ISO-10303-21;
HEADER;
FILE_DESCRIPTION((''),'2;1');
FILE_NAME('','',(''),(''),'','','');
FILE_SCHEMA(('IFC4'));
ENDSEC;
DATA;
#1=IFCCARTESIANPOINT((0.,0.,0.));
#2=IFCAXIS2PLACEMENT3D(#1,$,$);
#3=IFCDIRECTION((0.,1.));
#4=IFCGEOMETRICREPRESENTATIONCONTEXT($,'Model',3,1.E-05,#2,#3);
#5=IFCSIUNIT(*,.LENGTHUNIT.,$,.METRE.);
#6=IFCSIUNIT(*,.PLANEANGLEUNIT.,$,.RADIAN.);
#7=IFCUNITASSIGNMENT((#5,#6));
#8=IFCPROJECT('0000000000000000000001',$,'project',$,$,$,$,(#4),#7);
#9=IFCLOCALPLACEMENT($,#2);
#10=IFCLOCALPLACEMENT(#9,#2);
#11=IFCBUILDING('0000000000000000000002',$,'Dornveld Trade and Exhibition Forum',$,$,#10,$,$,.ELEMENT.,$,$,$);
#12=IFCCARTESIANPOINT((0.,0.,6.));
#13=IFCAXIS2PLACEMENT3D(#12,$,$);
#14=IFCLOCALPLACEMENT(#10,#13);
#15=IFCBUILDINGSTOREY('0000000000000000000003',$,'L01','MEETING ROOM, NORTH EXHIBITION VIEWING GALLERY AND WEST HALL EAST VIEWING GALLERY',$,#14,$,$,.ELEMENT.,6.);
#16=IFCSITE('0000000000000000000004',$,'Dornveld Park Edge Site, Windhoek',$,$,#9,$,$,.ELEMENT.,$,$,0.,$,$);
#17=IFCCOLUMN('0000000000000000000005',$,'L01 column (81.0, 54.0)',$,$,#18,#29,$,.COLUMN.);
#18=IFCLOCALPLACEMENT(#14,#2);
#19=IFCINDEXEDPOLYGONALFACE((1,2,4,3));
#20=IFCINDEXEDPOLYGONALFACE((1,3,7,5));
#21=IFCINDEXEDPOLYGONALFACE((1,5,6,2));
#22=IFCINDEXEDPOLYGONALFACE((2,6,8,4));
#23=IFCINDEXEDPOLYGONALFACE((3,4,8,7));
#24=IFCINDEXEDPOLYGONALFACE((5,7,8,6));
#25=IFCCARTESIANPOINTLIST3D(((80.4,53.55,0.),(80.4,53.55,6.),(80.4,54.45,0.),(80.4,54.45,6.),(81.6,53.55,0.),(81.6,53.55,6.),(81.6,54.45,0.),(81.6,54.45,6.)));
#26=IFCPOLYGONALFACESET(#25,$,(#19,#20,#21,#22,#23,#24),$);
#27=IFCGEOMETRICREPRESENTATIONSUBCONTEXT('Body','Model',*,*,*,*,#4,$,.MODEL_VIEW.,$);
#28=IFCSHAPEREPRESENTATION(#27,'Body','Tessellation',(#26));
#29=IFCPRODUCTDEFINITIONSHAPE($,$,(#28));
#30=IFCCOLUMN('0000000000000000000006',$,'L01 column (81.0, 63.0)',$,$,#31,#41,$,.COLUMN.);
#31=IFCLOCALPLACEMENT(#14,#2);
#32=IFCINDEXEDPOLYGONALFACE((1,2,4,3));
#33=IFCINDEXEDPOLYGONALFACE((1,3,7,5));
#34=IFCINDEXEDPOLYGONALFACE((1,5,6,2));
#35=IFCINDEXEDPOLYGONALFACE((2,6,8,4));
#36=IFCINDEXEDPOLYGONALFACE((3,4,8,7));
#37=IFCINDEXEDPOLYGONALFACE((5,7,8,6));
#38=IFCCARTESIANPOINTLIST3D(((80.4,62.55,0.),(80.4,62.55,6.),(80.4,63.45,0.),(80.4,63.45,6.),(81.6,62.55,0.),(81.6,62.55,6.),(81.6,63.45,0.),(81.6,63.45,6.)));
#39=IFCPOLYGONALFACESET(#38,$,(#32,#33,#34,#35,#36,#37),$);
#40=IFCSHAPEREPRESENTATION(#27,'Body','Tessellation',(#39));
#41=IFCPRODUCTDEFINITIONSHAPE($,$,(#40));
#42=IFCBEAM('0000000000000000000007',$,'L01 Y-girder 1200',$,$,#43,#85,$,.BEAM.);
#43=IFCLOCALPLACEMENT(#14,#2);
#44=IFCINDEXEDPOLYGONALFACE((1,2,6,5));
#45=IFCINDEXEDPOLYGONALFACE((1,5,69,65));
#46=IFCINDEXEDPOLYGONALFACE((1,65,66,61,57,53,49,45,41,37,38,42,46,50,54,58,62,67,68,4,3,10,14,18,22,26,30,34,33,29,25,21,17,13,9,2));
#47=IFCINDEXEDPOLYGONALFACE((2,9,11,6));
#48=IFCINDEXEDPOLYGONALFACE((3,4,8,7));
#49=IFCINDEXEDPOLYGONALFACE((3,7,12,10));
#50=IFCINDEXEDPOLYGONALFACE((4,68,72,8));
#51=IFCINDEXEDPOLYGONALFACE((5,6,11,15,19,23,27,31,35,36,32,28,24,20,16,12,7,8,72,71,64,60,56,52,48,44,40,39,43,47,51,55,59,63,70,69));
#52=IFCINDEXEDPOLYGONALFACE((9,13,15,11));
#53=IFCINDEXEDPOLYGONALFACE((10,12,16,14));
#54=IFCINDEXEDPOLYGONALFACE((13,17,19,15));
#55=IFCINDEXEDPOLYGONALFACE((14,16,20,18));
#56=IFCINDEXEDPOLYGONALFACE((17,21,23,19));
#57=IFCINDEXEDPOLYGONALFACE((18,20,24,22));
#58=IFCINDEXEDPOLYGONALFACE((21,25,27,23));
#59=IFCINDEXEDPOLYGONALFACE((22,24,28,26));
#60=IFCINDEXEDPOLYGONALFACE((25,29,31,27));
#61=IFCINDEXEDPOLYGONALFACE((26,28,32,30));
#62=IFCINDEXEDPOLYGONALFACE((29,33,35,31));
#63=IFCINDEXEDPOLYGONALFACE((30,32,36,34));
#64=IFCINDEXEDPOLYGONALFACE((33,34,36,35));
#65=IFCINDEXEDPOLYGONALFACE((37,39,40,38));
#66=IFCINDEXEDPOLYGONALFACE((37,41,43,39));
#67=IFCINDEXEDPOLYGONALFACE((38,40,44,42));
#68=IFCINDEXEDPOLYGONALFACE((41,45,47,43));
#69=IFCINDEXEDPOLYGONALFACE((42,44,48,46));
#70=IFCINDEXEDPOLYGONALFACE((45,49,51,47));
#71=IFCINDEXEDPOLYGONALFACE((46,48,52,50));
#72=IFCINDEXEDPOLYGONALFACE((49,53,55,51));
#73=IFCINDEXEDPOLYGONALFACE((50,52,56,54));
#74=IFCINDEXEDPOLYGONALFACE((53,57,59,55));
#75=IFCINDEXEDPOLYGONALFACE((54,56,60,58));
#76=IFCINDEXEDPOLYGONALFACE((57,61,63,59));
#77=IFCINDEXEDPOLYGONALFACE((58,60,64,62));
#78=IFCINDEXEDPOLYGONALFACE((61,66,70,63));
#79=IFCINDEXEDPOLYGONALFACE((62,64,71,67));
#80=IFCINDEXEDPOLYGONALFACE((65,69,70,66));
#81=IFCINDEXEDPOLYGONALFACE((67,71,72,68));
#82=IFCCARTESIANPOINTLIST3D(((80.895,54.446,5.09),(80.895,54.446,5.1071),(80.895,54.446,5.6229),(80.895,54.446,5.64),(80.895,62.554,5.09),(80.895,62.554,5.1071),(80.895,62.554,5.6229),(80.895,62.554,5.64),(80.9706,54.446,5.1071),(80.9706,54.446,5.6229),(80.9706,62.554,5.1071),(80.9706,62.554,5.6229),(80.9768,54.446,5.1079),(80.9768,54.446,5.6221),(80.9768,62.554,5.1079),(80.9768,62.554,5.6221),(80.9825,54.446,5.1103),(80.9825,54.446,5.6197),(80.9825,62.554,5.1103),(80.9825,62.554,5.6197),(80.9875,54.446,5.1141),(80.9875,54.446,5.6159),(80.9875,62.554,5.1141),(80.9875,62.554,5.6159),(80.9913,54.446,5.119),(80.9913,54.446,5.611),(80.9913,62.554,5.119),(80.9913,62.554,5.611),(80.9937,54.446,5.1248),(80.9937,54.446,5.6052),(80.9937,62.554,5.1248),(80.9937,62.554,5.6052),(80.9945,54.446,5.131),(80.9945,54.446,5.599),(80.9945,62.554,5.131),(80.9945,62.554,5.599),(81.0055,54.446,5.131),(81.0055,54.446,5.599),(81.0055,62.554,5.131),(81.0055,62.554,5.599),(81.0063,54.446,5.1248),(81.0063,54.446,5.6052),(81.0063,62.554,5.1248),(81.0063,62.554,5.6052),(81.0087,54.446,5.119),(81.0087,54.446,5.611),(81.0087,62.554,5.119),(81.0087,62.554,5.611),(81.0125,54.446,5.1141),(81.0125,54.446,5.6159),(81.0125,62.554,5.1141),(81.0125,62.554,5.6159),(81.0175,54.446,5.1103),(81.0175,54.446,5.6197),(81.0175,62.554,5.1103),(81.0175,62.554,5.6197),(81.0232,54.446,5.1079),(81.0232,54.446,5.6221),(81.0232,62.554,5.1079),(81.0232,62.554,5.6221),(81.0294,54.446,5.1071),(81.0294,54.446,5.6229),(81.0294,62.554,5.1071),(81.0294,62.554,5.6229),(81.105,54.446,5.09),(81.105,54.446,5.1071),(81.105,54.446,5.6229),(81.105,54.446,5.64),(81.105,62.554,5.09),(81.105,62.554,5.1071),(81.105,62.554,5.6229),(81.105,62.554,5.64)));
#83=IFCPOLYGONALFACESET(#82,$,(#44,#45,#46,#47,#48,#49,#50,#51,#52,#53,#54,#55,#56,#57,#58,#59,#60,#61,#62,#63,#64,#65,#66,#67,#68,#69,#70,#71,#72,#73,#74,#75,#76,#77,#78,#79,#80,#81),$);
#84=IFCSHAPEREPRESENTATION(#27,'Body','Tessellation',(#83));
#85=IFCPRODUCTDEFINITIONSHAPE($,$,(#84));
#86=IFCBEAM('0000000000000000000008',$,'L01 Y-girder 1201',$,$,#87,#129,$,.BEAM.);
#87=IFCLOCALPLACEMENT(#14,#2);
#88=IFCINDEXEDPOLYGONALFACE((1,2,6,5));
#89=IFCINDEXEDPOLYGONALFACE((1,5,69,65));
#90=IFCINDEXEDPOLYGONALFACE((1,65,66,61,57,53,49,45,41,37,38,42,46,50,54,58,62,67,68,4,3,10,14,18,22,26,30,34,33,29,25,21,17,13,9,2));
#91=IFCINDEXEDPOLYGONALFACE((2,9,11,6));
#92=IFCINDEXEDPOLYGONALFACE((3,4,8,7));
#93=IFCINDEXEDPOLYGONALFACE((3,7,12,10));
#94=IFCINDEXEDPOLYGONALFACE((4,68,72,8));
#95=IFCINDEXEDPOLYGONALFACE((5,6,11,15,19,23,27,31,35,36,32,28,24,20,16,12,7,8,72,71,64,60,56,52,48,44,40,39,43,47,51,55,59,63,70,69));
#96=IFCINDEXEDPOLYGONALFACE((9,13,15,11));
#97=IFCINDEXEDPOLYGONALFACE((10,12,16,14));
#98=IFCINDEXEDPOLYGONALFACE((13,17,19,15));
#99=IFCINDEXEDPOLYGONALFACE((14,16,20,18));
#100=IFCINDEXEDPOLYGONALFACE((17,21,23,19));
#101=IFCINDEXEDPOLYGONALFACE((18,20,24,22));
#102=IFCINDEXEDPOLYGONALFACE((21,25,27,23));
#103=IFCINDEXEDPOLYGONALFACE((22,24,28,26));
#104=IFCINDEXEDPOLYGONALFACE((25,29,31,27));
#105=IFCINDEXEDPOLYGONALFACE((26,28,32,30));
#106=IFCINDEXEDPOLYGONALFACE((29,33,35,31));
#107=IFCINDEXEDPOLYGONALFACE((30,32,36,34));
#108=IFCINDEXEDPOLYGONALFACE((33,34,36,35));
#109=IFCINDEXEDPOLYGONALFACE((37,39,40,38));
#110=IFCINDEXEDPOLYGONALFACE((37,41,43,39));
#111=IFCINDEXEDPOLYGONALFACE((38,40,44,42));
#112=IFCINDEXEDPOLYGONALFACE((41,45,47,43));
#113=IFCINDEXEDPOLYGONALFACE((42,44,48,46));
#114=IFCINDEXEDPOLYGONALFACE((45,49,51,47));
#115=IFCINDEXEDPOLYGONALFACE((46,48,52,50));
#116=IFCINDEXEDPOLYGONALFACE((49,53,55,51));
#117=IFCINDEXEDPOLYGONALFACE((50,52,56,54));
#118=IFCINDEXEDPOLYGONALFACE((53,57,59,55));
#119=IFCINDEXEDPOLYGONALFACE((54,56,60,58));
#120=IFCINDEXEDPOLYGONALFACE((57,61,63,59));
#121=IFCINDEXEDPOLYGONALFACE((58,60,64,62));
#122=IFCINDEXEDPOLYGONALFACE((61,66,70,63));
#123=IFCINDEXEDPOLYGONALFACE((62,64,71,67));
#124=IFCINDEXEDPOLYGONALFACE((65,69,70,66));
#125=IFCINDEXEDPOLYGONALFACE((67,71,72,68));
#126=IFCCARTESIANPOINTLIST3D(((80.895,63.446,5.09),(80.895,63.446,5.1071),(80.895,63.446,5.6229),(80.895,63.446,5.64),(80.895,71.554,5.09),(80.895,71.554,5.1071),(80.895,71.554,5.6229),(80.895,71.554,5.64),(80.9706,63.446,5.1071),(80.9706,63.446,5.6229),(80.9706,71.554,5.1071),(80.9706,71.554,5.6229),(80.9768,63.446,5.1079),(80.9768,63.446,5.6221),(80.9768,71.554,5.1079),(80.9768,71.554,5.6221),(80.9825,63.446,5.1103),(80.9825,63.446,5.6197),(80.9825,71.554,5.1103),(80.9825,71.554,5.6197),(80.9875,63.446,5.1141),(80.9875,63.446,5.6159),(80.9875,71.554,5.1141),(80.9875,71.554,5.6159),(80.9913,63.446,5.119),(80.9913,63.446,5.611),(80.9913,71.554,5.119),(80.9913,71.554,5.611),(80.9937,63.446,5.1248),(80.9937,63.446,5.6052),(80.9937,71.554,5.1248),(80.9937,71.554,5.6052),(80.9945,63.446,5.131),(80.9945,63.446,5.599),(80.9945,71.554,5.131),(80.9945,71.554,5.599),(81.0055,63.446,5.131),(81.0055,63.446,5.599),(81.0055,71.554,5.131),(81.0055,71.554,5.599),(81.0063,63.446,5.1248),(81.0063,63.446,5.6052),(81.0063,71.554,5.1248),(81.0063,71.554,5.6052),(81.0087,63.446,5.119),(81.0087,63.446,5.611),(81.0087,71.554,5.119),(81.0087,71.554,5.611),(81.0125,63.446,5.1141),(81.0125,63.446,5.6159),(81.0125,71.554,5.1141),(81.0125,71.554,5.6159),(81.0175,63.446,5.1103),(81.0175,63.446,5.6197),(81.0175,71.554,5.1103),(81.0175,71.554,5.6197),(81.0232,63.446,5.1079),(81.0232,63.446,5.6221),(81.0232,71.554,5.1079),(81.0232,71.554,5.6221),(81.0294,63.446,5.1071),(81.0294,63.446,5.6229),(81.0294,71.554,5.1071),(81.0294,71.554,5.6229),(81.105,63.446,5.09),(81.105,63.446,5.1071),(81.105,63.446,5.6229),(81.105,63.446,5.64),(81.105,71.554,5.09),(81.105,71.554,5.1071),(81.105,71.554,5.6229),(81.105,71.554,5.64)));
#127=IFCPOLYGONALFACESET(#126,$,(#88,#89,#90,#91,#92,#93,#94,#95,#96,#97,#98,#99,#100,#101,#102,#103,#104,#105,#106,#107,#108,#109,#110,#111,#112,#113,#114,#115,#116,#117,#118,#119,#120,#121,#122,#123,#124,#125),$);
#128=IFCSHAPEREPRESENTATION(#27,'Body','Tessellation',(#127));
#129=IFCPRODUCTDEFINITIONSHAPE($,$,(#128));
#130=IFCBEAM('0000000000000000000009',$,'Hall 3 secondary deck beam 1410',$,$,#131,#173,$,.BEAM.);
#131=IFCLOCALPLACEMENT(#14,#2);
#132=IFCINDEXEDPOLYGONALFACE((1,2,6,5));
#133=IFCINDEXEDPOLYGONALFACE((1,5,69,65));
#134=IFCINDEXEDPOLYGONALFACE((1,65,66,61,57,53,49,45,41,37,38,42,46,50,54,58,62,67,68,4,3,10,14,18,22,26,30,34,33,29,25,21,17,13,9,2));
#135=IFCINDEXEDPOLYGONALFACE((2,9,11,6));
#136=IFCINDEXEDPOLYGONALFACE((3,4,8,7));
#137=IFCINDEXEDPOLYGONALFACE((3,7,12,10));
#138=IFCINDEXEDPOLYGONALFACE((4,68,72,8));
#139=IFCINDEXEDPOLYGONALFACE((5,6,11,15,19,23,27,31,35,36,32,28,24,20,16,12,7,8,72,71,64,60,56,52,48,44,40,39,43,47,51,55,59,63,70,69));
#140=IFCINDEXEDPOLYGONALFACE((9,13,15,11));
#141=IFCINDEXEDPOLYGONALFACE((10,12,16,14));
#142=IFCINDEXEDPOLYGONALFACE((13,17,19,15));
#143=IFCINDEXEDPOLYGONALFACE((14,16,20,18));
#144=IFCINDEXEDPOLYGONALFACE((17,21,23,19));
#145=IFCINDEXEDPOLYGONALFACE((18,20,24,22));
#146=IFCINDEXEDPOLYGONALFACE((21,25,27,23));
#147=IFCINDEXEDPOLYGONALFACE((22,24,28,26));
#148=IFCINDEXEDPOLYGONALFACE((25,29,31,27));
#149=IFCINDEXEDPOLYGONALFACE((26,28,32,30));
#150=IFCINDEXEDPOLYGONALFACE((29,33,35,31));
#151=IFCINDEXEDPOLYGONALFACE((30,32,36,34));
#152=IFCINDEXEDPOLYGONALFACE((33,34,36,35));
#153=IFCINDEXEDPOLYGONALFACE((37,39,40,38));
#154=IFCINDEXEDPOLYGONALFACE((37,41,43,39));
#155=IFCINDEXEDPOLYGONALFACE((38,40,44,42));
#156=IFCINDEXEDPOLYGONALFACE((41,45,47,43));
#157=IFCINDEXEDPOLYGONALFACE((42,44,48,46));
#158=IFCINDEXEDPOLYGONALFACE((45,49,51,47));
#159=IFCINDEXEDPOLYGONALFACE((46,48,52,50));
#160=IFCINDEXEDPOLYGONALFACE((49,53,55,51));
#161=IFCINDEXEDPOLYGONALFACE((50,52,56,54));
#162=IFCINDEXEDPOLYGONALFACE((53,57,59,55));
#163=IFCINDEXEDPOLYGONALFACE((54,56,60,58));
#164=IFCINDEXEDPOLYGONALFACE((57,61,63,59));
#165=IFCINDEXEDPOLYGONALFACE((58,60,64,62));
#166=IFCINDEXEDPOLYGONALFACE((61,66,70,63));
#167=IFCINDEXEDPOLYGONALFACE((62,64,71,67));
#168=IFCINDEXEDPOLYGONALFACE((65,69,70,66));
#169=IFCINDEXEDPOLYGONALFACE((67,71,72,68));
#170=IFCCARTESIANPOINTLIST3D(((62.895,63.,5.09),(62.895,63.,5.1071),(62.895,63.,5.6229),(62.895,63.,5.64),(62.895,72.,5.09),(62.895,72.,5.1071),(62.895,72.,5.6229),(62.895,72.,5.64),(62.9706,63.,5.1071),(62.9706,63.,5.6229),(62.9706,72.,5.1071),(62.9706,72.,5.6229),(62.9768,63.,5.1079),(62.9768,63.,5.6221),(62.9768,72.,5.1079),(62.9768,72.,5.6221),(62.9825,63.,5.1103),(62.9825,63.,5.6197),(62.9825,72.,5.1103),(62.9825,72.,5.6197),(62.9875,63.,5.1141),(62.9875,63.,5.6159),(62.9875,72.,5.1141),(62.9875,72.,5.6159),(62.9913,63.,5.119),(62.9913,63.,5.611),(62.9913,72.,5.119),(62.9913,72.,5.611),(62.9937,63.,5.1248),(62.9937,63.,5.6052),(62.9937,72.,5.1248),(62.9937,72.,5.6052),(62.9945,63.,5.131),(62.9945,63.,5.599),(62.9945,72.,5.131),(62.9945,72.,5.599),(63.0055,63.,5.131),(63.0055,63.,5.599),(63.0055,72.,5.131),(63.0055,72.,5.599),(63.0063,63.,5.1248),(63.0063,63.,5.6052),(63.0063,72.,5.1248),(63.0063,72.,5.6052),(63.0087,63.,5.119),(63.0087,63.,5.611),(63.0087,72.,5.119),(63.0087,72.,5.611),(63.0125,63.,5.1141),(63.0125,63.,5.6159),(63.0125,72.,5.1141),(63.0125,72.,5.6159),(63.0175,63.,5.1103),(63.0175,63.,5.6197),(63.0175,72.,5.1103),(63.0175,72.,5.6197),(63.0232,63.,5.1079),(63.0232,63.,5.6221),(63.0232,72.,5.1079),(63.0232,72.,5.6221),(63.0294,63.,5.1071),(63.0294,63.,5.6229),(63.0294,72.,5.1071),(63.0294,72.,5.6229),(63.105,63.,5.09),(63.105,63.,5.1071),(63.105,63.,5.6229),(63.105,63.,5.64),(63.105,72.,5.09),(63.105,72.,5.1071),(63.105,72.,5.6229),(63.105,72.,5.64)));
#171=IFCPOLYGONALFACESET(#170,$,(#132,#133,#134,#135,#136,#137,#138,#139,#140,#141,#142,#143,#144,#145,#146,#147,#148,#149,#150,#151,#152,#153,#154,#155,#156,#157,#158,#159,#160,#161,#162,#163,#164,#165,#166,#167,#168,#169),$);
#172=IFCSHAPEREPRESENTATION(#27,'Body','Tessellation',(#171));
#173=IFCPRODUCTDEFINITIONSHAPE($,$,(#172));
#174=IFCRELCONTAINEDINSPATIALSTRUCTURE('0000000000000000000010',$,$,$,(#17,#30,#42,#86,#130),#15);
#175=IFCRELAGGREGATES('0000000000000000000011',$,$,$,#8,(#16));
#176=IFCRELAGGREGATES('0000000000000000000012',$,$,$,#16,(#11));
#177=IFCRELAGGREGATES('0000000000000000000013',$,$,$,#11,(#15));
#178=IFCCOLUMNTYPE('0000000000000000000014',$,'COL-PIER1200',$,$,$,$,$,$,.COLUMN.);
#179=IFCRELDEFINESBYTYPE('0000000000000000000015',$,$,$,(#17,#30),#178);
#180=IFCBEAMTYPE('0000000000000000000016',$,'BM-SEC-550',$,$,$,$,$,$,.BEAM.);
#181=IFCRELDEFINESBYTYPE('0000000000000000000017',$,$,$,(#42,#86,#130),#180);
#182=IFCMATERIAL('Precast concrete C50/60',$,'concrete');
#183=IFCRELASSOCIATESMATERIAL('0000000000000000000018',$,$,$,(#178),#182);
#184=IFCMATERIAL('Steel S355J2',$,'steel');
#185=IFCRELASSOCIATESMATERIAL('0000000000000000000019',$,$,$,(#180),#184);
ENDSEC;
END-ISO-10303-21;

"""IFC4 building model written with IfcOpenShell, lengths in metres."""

from ifc_helpers import new_model, si_unit, direction, frame, origin, origin_2d, place, context, subcontext, project, spatial, rectangle, i_section, extrude, material, material_profile, profile_set, type_object, element, save


model = new_model("IFC4")

# Units and contexts
model_context = context("Model", 3, precision=1e-05, world=origin(), true_north=direction((0.0, 1.0)))
body_context = subcontext(model_context, "Body", "Model", "MODEL_VIEW")
ifc_project = project(units=[si_unit("LENGTHUNIT", "METRE"), si_unit("PLANEANGLEUNIT", "RADIAN")], contexts=[model_context])

# Site, building, storey
site_placement = place(None, origin())
site = spatial("IfcSite", under=ifc_project, at=site_placement, Name="Dornveld Park Edge Site, Windhoek", CompositionType="ELEMENT", RefElevation=0.0)
building_placement = place(site_placement, origin())
building = spatial("IfcBuilding", under=site, at=building_placement, Name="Dornveld Trade and Exhibition Forum", CompositionType="ELEMENT")
storey_placement = place(building_placement, frame((0.0, 0.0, 6.0)))
storey = spatial("IfcBuildingStorey", under=building, at=storey_placement, Name="L01", Description="MEETING ROOM, NORTH EXHIBITION VIEWING GALLERY AND WEST HALL EAST VIEWING GALLERY", CompositionType="ELEMENT", Elevation=6.0)

# Columns
ifc_material_1 = material(Name="Precast concrete C50/60", Category="concrete")
ifc_material_profile_1 = material_profile(ifc_material_1, rectangle(XDim=1.2, YDim=0.8999, at=origin_2d()), Name="PC-PIER 1200x900")
ifc_profile_set_1 = profile_set([ifc_material_profile_1], Name="Precast concrete C50/60")
column_type = type_object("IfcColumnType", Name="COL-PIER1200", PredefinedType="COLUMN", material=ifc_profile_set_1)
for number, where, z_axis, x_axis, name in (
    (1, (81.0, 54.0, 0.0), (0.0, 0.0, 1.0), (1.0, 0.0, 0.0), "L01 column (81.0, 54.0)"),
    (2, (81.0, 63.0, 0.0), (0.0, 0.0, 1.0), (1.0, 0.0, 0.0), "L01 column (81.0, 63.0)"),
):
    element("IfcColumn", number, at=place(storey_placement, frame(where, z_axis=z_axis, x_axis=x_axis)), inside=storey, type_object=column_type, Name=name, PredefinedType="COLUMN", context=body_context, shape_type="SweptSolid", body=[
        extrude(rectangle(XDim=1.2, YDim=0.8999, at=origin_2d()), origin(), (0.0, 0.0, 1.0), 6.0),
    ])

# Beams
ifc_material_2 = material(Name="Steel S355J2", Category="steel")
ifc_material_profile_2 = material_profile(ifc_material_2, i_section(OverallWidth=0.21, OverallDepth=0.55, WebThickness=0.011, FlangeThickness=0.0171, FilletRadius=0.0239, at=origin_2d()), Name="IPE 550")
ifc_profile_set_2 = profile_set([ifc_material_profile_2], Name="Steel S355J2")
beam_type_1 = type_object("IfcBeamType", Name="BM-SEC-550", PredefinedType="BEAM", material=ifc_profile_set_2)
for number, where, z_axis, x_axis, name in (
    (3, (81.0, 54.446, 5.365), (0.0, 1.0, 0.0), (-1.0, 0.0, 0.0), "L01 Y-girder 1200"),
    (4, (81.0, 63.446, 5.365), (0.0, 1.0, 0.0), (-1.0, 0.0, 0.0), "L01 Y-girder 1201"),
):
    element("IfcBeam", number, at=place(storey_placement, frame(where, z_axis=z_axis, x_axis=x_axis)), inside=storey, type_object=beam_type_1, Name=name, PredefinedType="BEAM", context=body_context, shape_type="SweptSolid", body=[
        extrude(i_section(OverallWidth=0.21, OverallDepth=0.55, WebThickness=0.011, FlangeThickness=0.0171, FilletRadius=0.0239, at=origin_2d()), origin(), (0.0, 0.0, 1.0), 8.1079),
    ])
for number, where, z_axis, x_axis, name in (
    (5, (63.0, 63.0, 5.365), (0.0, 1.0, 0.0), (-1.0, 0.0, 0.0), "Hall 3 secondary deck beam 1410"),
):
    element("IfcBeam", number, at=place(storey_placement, frame(where, z_axis=z_axis, x_axis=x_axis)), inside=storey, type_object=beam_type_1, Name=name, PredefinedType="BEAM", context=body_context, shape_type="SweptSolid", body=[
        extrude(i_section(OverallWidth=0.21, OverallDepth=0.55, WebThickness=0.011, FlangeThickness=0.0171, FilletRadius=0.0239, at=origin_2d()), origin(), (0.0, 0.0, 1.0), 9.0),
    ])

save(model, "model.ifc")
